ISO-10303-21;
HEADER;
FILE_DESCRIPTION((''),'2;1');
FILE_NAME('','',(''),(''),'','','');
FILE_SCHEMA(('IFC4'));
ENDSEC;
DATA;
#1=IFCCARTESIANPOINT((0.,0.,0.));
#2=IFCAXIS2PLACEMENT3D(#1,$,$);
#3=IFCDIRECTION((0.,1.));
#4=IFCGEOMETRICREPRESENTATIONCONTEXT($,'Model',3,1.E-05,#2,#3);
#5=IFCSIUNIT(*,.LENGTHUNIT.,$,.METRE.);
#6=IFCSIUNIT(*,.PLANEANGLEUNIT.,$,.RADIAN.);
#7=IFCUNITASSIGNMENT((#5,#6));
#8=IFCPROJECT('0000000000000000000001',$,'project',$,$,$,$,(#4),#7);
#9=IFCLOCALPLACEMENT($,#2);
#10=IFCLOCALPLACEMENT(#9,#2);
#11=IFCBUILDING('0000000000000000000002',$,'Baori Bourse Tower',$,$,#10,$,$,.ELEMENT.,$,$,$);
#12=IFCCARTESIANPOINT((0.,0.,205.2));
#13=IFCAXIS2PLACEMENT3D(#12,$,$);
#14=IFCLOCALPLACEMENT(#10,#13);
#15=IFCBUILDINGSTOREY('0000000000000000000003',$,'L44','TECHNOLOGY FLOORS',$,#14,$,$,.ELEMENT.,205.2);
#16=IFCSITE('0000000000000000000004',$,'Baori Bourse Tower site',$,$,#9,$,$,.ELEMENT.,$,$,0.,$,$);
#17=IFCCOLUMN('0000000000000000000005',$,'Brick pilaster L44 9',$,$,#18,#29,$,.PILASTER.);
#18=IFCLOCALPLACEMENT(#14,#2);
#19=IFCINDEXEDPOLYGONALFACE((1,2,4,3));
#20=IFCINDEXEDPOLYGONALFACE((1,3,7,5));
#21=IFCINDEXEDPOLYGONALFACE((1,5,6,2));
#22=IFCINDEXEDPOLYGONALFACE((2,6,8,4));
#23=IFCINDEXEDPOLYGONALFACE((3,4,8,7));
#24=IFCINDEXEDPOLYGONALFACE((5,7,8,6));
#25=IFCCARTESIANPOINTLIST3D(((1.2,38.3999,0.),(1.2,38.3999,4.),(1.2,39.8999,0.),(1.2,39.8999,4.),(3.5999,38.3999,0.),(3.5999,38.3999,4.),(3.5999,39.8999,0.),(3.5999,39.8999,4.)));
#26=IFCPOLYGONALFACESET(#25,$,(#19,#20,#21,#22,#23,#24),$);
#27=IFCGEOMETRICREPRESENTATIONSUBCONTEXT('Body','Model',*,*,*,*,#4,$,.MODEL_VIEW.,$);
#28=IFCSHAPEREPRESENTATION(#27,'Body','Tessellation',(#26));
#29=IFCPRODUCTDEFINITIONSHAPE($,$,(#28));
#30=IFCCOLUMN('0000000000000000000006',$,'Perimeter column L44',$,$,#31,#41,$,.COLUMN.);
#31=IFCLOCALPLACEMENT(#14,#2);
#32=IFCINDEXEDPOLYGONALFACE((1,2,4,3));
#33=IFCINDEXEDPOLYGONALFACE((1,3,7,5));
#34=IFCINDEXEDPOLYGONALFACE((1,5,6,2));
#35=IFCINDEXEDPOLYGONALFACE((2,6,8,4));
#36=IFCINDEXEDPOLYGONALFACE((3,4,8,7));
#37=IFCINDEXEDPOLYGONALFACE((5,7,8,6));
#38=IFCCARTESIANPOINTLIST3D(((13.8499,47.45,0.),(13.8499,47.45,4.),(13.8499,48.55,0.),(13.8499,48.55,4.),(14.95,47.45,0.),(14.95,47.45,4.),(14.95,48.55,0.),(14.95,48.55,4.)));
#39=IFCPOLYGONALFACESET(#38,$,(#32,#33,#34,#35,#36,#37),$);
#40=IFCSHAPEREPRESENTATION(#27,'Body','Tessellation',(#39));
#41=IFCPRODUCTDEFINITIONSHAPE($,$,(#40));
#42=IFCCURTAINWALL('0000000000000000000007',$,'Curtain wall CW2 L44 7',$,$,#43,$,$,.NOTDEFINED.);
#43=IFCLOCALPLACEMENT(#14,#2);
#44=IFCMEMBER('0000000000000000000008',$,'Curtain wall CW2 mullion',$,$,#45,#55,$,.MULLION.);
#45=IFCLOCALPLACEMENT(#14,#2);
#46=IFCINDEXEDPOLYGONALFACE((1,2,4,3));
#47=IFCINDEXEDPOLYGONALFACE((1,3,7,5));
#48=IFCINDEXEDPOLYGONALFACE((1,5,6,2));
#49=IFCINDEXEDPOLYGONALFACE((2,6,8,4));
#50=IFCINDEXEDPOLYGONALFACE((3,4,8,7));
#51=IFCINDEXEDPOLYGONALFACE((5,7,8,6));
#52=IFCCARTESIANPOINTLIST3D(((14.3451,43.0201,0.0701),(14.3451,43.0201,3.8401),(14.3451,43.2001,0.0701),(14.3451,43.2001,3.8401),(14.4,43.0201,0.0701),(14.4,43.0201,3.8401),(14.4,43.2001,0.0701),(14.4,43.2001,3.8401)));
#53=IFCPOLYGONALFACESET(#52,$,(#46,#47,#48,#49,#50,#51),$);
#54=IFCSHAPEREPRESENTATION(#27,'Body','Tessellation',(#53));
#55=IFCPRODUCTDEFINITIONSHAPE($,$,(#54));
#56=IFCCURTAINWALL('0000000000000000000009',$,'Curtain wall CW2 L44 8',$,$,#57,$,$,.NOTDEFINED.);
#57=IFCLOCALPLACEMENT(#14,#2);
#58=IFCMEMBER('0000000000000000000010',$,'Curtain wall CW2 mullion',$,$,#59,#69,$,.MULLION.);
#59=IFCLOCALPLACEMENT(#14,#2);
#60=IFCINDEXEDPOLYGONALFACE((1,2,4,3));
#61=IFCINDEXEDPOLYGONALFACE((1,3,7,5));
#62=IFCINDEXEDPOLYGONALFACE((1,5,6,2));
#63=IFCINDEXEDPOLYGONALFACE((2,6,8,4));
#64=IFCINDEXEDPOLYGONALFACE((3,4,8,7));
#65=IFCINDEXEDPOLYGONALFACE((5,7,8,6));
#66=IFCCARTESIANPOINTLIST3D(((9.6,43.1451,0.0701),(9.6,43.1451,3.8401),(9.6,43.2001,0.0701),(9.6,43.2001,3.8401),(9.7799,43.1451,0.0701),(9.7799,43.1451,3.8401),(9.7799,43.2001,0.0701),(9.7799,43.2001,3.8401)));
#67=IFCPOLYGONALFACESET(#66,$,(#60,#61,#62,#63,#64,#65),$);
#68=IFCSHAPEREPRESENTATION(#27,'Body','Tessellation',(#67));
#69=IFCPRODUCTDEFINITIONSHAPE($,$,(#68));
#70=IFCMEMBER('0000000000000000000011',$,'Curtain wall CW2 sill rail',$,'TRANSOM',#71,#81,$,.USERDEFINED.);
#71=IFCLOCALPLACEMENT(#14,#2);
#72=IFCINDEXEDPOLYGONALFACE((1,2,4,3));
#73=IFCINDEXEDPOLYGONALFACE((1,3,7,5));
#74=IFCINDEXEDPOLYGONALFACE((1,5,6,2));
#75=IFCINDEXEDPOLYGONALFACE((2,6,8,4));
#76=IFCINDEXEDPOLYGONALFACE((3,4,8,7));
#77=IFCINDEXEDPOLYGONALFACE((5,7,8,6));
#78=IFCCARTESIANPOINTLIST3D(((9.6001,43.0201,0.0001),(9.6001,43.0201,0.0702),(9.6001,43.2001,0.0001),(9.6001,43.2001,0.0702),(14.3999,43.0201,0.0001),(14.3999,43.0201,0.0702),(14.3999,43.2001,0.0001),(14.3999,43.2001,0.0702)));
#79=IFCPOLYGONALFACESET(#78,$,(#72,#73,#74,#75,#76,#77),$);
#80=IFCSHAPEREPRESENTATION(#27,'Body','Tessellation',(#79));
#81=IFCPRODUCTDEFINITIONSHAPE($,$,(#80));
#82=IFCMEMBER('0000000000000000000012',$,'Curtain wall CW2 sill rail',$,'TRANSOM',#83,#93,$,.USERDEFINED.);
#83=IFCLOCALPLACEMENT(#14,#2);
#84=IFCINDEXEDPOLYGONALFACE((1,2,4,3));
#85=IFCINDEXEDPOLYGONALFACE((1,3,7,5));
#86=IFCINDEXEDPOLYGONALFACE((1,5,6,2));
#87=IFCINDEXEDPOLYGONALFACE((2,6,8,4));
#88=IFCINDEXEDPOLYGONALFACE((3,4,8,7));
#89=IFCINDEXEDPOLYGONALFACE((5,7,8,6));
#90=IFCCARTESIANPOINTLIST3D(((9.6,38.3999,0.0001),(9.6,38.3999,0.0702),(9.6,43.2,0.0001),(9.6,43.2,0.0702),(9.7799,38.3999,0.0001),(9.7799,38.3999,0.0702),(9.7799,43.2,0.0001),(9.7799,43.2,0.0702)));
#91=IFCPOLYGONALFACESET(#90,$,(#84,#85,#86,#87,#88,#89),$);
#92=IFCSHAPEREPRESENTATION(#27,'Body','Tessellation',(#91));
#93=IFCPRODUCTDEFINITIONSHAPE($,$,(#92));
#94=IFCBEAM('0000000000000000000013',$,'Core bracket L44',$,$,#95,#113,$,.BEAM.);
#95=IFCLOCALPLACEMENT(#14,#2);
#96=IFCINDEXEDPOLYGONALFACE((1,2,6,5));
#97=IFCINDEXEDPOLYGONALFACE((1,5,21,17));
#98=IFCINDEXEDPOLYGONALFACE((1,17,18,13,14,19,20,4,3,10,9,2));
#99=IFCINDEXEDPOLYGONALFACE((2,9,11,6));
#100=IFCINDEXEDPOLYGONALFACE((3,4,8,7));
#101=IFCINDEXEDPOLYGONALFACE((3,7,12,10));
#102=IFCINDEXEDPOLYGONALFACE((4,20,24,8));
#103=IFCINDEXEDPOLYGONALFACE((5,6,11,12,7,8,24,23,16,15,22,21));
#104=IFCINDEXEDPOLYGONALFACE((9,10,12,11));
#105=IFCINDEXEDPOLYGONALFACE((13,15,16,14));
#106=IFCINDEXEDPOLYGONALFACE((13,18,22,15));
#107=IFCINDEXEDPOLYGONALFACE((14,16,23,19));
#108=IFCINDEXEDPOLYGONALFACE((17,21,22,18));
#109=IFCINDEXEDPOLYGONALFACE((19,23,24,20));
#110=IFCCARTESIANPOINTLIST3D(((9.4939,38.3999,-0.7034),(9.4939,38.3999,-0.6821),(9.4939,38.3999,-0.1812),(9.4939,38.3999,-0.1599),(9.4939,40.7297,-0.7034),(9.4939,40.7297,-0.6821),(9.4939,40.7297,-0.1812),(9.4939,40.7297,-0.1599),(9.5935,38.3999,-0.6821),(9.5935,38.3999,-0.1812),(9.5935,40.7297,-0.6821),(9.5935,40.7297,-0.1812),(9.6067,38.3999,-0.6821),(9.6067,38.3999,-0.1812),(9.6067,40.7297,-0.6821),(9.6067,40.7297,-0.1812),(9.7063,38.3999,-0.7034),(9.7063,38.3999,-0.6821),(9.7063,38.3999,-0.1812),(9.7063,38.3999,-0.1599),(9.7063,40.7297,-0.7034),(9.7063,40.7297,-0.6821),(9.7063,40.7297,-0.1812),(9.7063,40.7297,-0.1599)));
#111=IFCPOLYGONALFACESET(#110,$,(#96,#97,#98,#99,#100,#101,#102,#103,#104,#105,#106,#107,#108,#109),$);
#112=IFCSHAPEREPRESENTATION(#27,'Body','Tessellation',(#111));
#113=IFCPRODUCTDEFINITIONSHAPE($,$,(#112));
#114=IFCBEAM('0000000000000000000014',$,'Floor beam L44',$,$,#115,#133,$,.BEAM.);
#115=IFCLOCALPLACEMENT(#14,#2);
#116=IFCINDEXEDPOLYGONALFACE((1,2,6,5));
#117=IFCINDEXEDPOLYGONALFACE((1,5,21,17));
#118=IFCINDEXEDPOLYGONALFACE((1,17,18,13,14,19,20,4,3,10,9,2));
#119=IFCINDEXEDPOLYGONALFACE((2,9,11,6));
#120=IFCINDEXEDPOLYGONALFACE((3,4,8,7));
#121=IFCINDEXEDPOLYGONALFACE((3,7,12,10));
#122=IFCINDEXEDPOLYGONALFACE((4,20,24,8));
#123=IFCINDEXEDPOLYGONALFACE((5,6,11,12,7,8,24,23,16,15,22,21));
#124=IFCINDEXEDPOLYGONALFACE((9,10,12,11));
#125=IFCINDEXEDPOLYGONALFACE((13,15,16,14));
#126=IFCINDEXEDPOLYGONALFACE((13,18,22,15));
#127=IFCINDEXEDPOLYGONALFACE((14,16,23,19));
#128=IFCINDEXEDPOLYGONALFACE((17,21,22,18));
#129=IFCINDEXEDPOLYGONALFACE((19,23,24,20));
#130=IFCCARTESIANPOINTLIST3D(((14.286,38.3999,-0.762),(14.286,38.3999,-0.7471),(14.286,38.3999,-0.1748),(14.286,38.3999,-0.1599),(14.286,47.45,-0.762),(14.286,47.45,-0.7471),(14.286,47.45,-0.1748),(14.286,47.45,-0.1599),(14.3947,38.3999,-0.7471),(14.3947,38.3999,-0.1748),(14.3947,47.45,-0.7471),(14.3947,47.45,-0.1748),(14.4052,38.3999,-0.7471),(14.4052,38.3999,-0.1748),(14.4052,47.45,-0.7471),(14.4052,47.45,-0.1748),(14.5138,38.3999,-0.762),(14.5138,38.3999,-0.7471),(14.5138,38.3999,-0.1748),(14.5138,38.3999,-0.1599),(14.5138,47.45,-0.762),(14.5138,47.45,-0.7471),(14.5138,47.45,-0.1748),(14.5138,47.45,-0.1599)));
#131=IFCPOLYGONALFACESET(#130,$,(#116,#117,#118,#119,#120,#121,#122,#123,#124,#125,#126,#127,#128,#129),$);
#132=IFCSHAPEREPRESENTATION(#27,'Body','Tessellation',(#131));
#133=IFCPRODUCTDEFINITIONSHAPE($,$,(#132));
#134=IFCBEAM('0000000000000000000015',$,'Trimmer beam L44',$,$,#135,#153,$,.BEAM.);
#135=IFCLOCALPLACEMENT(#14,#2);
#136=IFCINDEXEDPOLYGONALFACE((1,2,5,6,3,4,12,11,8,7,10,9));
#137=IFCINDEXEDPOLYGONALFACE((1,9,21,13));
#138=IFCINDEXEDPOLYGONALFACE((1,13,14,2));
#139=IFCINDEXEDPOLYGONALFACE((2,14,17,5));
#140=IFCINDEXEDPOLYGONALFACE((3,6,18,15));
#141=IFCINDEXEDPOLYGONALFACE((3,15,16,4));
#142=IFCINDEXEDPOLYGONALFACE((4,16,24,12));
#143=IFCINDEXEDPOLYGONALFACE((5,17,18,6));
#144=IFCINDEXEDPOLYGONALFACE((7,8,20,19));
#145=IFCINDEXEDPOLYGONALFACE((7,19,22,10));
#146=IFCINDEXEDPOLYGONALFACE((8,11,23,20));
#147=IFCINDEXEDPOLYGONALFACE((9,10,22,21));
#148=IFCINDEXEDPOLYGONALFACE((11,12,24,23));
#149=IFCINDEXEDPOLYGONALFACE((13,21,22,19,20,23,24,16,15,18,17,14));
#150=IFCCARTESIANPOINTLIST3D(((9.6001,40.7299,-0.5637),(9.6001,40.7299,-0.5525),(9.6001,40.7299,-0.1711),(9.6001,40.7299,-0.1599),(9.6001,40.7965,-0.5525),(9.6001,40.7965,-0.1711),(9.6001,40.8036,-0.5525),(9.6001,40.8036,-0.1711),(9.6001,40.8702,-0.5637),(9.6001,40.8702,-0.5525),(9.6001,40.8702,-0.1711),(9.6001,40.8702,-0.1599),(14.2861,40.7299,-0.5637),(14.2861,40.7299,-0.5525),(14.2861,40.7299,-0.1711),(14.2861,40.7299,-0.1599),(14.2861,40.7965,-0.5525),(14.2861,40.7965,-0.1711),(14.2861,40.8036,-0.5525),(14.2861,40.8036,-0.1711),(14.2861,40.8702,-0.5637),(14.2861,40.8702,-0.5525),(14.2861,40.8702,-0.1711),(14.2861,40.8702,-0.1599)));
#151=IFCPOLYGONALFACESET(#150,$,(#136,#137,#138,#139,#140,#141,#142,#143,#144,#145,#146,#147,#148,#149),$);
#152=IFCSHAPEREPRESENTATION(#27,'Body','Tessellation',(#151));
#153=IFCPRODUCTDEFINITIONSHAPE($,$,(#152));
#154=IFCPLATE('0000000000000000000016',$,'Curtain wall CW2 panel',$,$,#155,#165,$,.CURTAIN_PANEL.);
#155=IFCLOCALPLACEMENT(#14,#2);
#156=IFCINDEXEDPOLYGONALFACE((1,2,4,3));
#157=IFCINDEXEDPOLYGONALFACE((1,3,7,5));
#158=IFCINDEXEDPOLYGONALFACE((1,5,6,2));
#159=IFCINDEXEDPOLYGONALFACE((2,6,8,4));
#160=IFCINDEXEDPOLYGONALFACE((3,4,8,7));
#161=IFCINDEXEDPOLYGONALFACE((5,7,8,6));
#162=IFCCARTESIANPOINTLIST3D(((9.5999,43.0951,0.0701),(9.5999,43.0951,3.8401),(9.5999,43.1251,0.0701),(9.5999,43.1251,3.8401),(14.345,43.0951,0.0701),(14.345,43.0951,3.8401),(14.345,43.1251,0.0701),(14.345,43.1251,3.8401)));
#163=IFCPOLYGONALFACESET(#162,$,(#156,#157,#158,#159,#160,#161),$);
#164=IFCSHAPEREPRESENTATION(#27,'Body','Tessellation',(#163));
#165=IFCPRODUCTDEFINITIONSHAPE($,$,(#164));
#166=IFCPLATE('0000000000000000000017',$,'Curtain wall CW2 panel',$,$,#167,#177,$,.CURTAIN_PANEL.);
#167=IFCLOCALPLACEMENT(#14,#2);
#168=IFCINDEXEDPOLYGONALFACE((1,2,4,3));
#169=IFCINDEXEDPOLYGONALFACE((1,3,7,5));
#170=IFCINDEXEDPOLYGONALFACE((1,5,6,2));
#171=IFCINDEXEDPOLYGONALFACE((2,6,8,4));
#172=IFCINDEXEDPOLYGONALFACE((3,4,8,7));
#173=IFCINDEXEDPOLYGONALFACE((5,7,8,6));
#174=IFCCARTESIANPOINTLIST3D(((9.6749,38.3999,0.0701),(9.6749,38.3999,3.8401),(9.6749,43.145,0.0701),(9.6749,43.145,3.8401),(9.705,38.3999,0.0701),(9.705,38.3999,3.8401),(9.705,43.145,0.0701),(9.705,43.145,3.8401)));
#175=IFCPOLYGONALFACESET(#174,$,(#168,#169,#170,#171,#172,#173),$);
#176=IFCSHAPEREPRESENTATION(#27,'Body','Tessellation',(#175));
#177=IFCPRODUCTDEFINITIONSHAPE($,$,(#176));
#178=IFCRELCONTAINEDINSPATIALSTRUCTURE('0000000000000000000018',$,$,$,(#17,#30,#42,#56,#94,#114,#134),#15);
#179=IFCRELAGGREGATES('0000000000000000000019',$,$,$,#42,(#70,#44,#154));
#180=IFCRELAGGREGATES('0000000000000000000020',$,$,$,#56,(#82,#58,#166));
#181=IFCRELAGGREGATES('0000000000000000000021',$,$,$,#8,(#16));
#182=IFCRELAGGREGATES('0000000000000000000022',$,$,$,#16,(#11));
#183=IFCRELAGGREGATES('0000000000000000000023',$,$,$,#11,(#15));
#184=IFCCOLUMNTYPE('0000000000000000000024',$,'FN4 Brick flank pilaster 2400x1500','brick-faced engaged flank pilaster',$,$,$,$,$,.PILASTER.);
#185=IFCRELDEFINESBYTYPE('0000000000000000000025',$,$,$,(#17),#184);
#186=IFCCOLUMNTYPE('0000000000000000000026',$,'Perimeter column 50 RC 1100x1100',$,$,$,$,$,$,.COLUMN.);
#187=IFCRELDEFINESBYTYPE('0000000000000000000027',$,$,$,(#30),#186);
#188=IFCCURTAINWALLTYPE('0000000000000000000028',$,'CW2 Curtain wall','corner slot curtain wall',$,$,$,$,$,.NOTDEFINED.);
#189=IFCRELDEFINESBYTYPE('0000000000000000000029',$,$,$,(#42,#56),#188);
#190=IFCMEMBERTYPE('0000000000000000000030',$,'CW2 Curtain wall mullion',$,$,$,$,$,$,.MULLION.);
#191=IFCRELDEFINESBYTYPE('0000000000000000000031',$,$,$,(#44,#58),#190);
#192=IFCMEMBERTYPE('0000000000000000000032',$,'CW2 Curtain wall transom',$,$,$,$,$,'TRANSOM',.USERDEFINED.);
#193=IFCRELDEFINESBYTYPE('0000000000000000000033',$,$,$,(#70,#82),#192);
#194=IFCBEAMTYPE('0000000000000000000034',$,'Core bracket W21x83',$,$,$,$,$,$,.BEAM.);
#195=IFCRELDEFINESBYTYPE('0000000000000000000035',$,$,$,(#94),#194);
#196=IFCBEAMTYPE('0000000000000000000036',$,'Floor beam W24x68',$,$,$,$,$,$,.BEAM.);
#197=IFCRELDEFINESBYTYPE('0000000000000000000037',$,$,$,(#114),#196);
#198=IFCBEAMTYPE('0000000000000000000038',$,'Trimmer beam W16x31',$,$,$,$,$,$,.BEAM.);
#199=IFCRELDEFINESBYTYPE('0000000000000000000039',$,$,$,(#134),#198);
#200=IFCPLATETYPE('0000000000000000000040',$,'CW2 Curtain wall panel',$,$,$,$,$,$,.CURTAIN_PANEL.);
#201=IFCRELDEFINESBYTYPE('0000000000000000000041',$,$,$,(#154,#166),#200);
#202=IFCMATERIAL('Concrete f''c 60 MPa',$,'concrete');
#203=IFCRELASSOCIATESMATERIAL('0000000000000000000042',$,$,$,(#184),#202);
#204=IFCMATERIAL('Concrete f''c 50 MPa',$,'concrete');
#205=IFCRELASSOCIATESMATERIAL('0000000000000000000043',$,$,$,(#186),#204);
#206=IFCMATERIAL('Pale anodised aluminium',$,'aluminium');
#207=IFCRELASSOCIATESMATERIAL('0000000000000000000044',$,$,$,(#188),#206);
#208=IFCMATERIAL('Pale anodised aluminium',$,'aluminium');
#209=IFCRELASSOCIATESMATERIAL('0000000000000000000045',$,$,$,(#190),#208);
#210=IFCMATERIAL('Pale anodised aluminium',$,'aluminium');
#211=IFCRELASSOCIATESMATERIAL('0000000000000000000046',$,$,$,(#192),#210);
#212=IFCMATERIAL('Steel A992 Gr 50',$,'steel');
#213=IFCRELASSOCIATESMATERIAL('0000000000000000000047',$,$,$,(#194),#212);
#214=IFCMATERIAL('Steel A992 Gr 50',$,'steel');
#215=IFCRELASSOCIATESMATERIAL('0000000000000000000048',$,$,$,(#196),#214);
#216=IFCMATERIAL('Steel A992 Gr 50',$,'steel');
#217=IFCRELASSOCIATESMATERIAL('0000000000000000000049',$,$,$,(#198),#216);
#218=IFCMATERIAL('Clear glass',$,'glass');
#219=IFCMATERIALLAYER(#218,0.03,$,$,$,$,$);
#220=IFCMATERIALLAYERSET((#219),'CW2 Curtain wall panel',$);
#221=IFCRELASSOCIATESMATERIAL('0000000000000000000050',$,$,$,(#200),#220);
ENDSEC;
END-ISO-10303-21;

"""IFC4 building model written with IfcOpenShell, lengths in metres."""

from ifc_helpers import new_model, si_unit, direction, frame, origin, origin_2d, place, context, subcontext, project, spatial, rectangle, i_section, extrude, material, layer, layer_set, material_profile, profile_set, type_object, element, aggregate, save


model = new_model("IFC4")

# Units and contexts
model_context = context("Model", 3, precision=1e-05, world=origin(), true_north=direction((0.0, 1.0)))
body_context = subcontext(model_context, "Body", "Model", "MODEL_VIEW")
ifc_project = project(units=[si_unit("LENGTHUNIT", "METRE"), si_unit("PLANEANGLEUNIT", "RADIAN")], contexts=[model_context])

# Site, building, storey
site_placement = place(None, origin())
site = spatial("IfcSite", under=ifc_project, at=site_placement, Name="Baori Bourse Tower site", CompositionType="ELEMENT", RefElevation=0.0)
building_placement = place(site_placement, origin())
building = spatial("IfcBuilding", under=site, at=building_placement, Name="Baori Bourse Tower", CompositionType="ELEMENT")
storey_placement = place(building_placement, frame((0.0, 0.0, 205.2)))
storey = spatial("IfcBuildingStorey", under=building, at=storey_placement, Name="L44", Description="TECHNOLOGY FLOORS", CompositionType="ELEMENT", Elevation=205.2)

# Columns
ifc_material_1 = material(Name="Concrete f'c 60 MPa", Category="concrete")
ifc_material_profile_1 = material_profile(ifc_material_1, rectangle(XDim=2.3999, YDim=1.5, at=origin_2d()), Name="RC 2400x1500")
ifc_profile_set_1 = profile_set([ifc_material_profile_1], Name="Concrete f'c 60 MPa")
column_type_1 = type_object("IfcColumnType", Name="FN4 Brick flank pilaster 2400x1500", Description="brick-faced engaged flank pilaster", PredefinedType="PILASTER", material=ifc_profile_set_1)
column_1_placement = place(storey_placement, frame((2.3999, 39.1499, 0.0), z_axis=(0.0, 0.0, 1.0), x_axis=(1.0, 0.0, 0.0)))
element("IfcColumn", 1, at=column_1_placement, inside=storey, type_object=column_type_1, Name="Brick pilaster L44 9", PredefinedType="PILASTER", context=body_context, shape_type="SweptSolid", body=[
    extrude(rectangle(XDim=2.3999, YDim=1.5, at=origin_2d()), origin(), (0.0, 0.0, 1.0), 4.0),
])
ifc_material_2 = material(Name="Concrete f'c 50 MPa", Category="concrete")
ifc_material_profile_2 = material_profile(ifc_material_2, rectangle(XDim=1.1001, YDim=1.1001, at=origin_2d()), Name="RC 1100x1100")
ifc_profile_set_2 = profile_set([ifc_material_profile_2], Name="Concrete f'c 50 MPa")
column_type_2 = type_object("IfcColumnType", Name="Perimeter column 50 RC 1100x1100", PredefinedType="COLUMN", material=ifc_profile_set_2)
column_2_placement = place(storey_placement, frame((14.3999, 48.0, 0.0), z_axis=(0.0, 0.0, 1.0), x_axis=(1.0, 0.0, 0.0)))
element("IfcColumn", 2, at=column_2_placement, inside=storey, type_object=column_type_2, Name="Perimeter column L44", PredefinedType="COLUMN", context=body_context, shape_type="SweptSolid", body=[
    extrude(rectangle(XDim=1.1001, YDim=1.1001, at=origin_2d()), origin(), (0.0, 0.0, 1.0), 4.0),
])

# Curtain walls, members
ifc_material_3 = material(Name="Pale anodised aluminium", Category="aluminium")
curtain_wall_type = type_object("IfcCurtainWallType", Name="CW2 Curtain wall", Description="corner slot curtain wall", PredefinedType="NOTDEFINED", material=ifc_material_3)
curtain_wall_1_placement = place(storey_placement, origin())
curtain_wall_1 = element("IfcCurtainWall", 3, at=curtain_wall_1_placement, inside=storey, type_object=curtain_wall_type, Name="Curtain wall CW2 L44 7", PredefinedType="NOTDEFINED")
ifc_material_4 = material(Name="Pale anodised aluminium", Category="aluminium")
ifc_material_profile_3 = material_profile(ifc_material_4, rectangle(XDim=0.1799, YDim=0.0549, at=origin_2d()), Name="Mullion 55x180")
ifc_profile_set_3 = profile_set([ifc_material_profile_3], Name="Pale anodised aluminium")
member_type_1 = type_object("IfcMemberType", Name="CW2 Curtain wall mullion", PredefinedType="MULLION", material=ifc_profile_set_3)
member_1_placement = place(storey_placement, frame((14.3726, 43.1101, 0.0701), z_axis=(0.0, 0.0, 1.0), x_axis=(0.0, -1.0, 0.0)))
member_1 = element("IfcMember", 4, at=member_1_placement, type_object=member_type_1, Name="Curtain wall CW2 mullion", PredefinedType="MULLION", context=body_context, shape_type="SweptSolid", body=[
    extrude(rectangle(XDim=0.1799, YDim=0.0549, at=origin_2d()), origin(), (0.0, 0.0, 1.0), 3.77),
])
curtain_wall_2_placement = place(storey_placement, origin())
curtain_wall_2 = element("IfcCurtainWall", 5, at=curtain_wall_2_placement, inside=storey, type_object=curtain_wall_type, Name="Curtain wall CW2 L44 8", PredefinedType="NOTDEFINED")
member_2_placement = place(storey_placement, frame((9.6899, 43.1726, 0.0701), z_axis=(0.0, 0.0, 1.0), x_axis=(1.0, 0.0, 0.0)))
member_2 = element("IfcMember", 6, at=member_2_placement, type_object=member_type_1, Name="Curtain wall CW2 mullion", PredefinedType="MULLION", context=body_context, shape_type="SweptSolid", body=[
    extrude(rectangle(XDim=0.1799, YDim=0.0549, at=origin_2d()), origin(), (0.0, 0.0, 1.0), 3.77),
])

# Members
ifc_material_5 = material(Name="Pale anodised aluminium", Category="aluminium")
ifc_material_profile_4 = material_profile(ifc_material_5, rectangle(XDim=0.1799, YDim=0.0701, at=origin_2d()), Name="Transom 70x180")
ifc_profile_set_4 = profile_set([ifc_material_profile_4], Name="Pale anodised aluminium")
member_type_2 = type_object("IfcMemberType", Name="CW2 Curtain wall transom", ElementType="TRANSOM", PredefinedType="USERDEFINED", material=ifc_profile_set_4)
member_3_placement = place(storey_placement, frame((14.3999, 43.1101, 0.0352), z_axis=(-1.0, 0.0, 0.0), x_axis=(0.0, -1.0, 0.0)))
member_3 = element("IfcMember", 7, at=member_3_placement, type_object=member_type_2, Name="Curtain wall CW2 sill rail", ObjectType="TRANSOM", PredefinedType="USERDEFINED", context=body_context, shape_type="SweptSolid", body=[
    extrude(rectangle(XDim=0.1799, YDim=0.0701, at=origin_2d()), origin(), (0.0, 0.0, 1.0), 4.7998),
])
member_4_placement = place(storey_placement, frame((9.6899, 43.2, 0.0352), z_axis=(0.0, -1.0, 0.0), x_axis=(1.0, 0.0, 0.0)))
member_4 = element("IfcMember", 8, at=member_4_placement, type_object=member_type_2, Name="Curtain wall CW2 sill rail", ObjectType="TRANSOM", PredefinedType="USERDEFINED", context=body_context, shape_type="SweptSolid", body=[
    extrude(rectangle(XDim=0.1799, YDim=0.0701, at=origin_2d()), origin(), (0.0, 0.0, 1.0), 4.8),
])

# Beams
ifc_material_6 = material(Name="Steel A992 Gr 50", Category="steel")
ifc_material_profile_5 = material_profile(ifc_material_6, i_section(OverallWidth=0.2124, OverallDepth=0.5435, WebThickness=0.0132, FlangeThickness=0.0212, at=origin_2d()), Name="W21x83")
ifc_profile_set_5 = profile_set([ifc_material_profile_5], Name="Steel A992 Gr 50")
beam_type_1 = type_object("IfcBeamType", Name="Core bracket W21x83", PredefinedType="BEAM", material=ifc_profile_set_5)
beam_1_placement = place(storey_placement, frame((9.6001, 38.3999, -0.4316), z_axis=(0.0, 1.0, 0.0), x_axis=(-1.0, 0.0, 0.0)))
element("IfcBeam", 9, at=beam_1_placement, inside=storey, type_object=beam_type_1, Name="Core bracket L44", PredefinedType="BEAM", context=body_context, shape_type="SweptSolid", body=[
    extrude(i_section(OverallWidth=0.2124, OverallDepth=0.5435, WebThickness=0.0132, FlangeThickness=0.0212, at=origin_2d()), origin(), (0.0, 0.0, 1.0), 2.3298),
])
ifc_material_7 = material(Name="Steel A992 Gr 50", Category="steel")
ifc_material_profile_6 = material_profile(ifc_material_7, i_section(OverallWidth=0.2278, OverallDepth=0.6021, WebThickness=0.0105, FlangeThickness=0.0149, at=origin_2d()), Name="W24x68")
ifc_profile_set_6 = profile_set([ifc_material_profile_6], Name="Steel A992 Gr 50")
beam_type_2 = type_object("IfcBeamType", Name="Floor beam W24x68", PredefinedType="BEAM", material=ifc_profile_set_6)
beam_2_placement = place(storey_placement, frame((14.3999, 38.3999, -0.4609), z_axis=(0.0, 1.0, 0.0), x_axis=(-1.0, 0.0, 0.0)))
element("IfcBeam", 10, at=beam_2_placement, inside=storey, type_object=beam_type_2, Name="Floor beam L44", PredefinedType="BEAM", context=body_context, shape_type="SweptSolid", body=[
    extrude(i_section(OverallWidth=0.2278, OverallDepth=0.6021, WebThickness=0.0105, FlangeThickness=0.0149, at=origin_2d()), origin(), (0.0, 0.0, 1.0), 9.05),
])
ifc_material_8 = material(Name="Steel A992 Gr 50", Category="steel")
ifc_material_profile_7 = material_profile(ifc_material_8, i_section(OverallWidth=0.1404, OverallDepth=0.4038, WebThickness=0.0071, FlangeThickness=0.0112, at=origin_2d()), Name="W16x31")
ifc_profile_set_7 = profile_set([ifc_material_profile_7], Name="Steel A992 Gr 50")
beam_type_3 = type_object("IfcBeamType", Name="Trimmer beam W16x31", PredefinedType="BEAM", material=ifc_profile_set_7)
beam_3_placement = place(storey_placement, frame((9.6001, 40.8, -0.3618), z_axis=(1.0, 0.0, 0.0), x_axis=(0.0, 1.0, 0.0)))
element("IfcBeam", 11, at=beam_3_placement, inside=storey, type_object=beam_type_3, Name="Trimmer beam L44", PredefinedType="BEAM", context=body_context, shape_type="SweptSolid", body=[
    extrude(i_section(OverallWidth=0.1404, OverallDepth=0.4038, WebThickness=0.0071, FlangeThickness=0.0112, at=origin_2d()), origin(), (0.0, 0.0, 1.0), 4.686),
])

# Plates
ifc_material_9 = material(Name="Clear glass", Category="glass")
ifc_layer_1 = layer(ifc_material_9, 0.03)
ifc_layer_set_1 = layer_set([ifc_layer_1], Name="CW2 Curtain wall panel")
plate_type = type_object("IfcPlateType", Name="CW2 Curtain wall panel", PredefinedType="CURTAIN_PANEL", material=ifc_layer_set_1)
plate_1_placement = place(storey_placement, frame((11.9724, 43.1101, 0.0701), z_axis=(0.0, 0.0, 1.0), x_axis=(-1.0, 0.0, 0.0)))
plate_1 = element("IfcPlate", 12, at=plate_1_placement, type_object=plate_type, Name="Curtain wall CW2 panel", PredefinedType="CURTAIN_PANEL", context=body_context, shape_type="SweptSolid", body=[
    extrude(rectangle(XDim=4.7451, YDim=0.03, at=origin_2d()), origin(), (0.0, 0.0, 1.0), 3.77),
])
aggregate(curtain_wall_1, [member_3, member_1, plate_1])
plate_2_placement = place(storey_placement, frame((9.6899, 40.7725, 0.0701), z_axis=(0.0, 0.0, 1.0), x_axis=(0.0, -1.0, 0.0)))
plate_2 = element("IfcPlate", 13, at=plate_2_placement, type_object=plate_type, Name="Curtain wall CW2 panel", PredefinedType="CURTAIN_PANEL", context=body_context, shape_type="SweptSolid", body=[
    extrude(rectangle(XDim=4.7451, YDim=0.03, at=origin_2d()), origin(), (0.0, 0.0, 1.0), 3.77),
])
aggregate(curtain_wall_2, [member_4, member_2, plate_2])

save(model, "model.ifc")
